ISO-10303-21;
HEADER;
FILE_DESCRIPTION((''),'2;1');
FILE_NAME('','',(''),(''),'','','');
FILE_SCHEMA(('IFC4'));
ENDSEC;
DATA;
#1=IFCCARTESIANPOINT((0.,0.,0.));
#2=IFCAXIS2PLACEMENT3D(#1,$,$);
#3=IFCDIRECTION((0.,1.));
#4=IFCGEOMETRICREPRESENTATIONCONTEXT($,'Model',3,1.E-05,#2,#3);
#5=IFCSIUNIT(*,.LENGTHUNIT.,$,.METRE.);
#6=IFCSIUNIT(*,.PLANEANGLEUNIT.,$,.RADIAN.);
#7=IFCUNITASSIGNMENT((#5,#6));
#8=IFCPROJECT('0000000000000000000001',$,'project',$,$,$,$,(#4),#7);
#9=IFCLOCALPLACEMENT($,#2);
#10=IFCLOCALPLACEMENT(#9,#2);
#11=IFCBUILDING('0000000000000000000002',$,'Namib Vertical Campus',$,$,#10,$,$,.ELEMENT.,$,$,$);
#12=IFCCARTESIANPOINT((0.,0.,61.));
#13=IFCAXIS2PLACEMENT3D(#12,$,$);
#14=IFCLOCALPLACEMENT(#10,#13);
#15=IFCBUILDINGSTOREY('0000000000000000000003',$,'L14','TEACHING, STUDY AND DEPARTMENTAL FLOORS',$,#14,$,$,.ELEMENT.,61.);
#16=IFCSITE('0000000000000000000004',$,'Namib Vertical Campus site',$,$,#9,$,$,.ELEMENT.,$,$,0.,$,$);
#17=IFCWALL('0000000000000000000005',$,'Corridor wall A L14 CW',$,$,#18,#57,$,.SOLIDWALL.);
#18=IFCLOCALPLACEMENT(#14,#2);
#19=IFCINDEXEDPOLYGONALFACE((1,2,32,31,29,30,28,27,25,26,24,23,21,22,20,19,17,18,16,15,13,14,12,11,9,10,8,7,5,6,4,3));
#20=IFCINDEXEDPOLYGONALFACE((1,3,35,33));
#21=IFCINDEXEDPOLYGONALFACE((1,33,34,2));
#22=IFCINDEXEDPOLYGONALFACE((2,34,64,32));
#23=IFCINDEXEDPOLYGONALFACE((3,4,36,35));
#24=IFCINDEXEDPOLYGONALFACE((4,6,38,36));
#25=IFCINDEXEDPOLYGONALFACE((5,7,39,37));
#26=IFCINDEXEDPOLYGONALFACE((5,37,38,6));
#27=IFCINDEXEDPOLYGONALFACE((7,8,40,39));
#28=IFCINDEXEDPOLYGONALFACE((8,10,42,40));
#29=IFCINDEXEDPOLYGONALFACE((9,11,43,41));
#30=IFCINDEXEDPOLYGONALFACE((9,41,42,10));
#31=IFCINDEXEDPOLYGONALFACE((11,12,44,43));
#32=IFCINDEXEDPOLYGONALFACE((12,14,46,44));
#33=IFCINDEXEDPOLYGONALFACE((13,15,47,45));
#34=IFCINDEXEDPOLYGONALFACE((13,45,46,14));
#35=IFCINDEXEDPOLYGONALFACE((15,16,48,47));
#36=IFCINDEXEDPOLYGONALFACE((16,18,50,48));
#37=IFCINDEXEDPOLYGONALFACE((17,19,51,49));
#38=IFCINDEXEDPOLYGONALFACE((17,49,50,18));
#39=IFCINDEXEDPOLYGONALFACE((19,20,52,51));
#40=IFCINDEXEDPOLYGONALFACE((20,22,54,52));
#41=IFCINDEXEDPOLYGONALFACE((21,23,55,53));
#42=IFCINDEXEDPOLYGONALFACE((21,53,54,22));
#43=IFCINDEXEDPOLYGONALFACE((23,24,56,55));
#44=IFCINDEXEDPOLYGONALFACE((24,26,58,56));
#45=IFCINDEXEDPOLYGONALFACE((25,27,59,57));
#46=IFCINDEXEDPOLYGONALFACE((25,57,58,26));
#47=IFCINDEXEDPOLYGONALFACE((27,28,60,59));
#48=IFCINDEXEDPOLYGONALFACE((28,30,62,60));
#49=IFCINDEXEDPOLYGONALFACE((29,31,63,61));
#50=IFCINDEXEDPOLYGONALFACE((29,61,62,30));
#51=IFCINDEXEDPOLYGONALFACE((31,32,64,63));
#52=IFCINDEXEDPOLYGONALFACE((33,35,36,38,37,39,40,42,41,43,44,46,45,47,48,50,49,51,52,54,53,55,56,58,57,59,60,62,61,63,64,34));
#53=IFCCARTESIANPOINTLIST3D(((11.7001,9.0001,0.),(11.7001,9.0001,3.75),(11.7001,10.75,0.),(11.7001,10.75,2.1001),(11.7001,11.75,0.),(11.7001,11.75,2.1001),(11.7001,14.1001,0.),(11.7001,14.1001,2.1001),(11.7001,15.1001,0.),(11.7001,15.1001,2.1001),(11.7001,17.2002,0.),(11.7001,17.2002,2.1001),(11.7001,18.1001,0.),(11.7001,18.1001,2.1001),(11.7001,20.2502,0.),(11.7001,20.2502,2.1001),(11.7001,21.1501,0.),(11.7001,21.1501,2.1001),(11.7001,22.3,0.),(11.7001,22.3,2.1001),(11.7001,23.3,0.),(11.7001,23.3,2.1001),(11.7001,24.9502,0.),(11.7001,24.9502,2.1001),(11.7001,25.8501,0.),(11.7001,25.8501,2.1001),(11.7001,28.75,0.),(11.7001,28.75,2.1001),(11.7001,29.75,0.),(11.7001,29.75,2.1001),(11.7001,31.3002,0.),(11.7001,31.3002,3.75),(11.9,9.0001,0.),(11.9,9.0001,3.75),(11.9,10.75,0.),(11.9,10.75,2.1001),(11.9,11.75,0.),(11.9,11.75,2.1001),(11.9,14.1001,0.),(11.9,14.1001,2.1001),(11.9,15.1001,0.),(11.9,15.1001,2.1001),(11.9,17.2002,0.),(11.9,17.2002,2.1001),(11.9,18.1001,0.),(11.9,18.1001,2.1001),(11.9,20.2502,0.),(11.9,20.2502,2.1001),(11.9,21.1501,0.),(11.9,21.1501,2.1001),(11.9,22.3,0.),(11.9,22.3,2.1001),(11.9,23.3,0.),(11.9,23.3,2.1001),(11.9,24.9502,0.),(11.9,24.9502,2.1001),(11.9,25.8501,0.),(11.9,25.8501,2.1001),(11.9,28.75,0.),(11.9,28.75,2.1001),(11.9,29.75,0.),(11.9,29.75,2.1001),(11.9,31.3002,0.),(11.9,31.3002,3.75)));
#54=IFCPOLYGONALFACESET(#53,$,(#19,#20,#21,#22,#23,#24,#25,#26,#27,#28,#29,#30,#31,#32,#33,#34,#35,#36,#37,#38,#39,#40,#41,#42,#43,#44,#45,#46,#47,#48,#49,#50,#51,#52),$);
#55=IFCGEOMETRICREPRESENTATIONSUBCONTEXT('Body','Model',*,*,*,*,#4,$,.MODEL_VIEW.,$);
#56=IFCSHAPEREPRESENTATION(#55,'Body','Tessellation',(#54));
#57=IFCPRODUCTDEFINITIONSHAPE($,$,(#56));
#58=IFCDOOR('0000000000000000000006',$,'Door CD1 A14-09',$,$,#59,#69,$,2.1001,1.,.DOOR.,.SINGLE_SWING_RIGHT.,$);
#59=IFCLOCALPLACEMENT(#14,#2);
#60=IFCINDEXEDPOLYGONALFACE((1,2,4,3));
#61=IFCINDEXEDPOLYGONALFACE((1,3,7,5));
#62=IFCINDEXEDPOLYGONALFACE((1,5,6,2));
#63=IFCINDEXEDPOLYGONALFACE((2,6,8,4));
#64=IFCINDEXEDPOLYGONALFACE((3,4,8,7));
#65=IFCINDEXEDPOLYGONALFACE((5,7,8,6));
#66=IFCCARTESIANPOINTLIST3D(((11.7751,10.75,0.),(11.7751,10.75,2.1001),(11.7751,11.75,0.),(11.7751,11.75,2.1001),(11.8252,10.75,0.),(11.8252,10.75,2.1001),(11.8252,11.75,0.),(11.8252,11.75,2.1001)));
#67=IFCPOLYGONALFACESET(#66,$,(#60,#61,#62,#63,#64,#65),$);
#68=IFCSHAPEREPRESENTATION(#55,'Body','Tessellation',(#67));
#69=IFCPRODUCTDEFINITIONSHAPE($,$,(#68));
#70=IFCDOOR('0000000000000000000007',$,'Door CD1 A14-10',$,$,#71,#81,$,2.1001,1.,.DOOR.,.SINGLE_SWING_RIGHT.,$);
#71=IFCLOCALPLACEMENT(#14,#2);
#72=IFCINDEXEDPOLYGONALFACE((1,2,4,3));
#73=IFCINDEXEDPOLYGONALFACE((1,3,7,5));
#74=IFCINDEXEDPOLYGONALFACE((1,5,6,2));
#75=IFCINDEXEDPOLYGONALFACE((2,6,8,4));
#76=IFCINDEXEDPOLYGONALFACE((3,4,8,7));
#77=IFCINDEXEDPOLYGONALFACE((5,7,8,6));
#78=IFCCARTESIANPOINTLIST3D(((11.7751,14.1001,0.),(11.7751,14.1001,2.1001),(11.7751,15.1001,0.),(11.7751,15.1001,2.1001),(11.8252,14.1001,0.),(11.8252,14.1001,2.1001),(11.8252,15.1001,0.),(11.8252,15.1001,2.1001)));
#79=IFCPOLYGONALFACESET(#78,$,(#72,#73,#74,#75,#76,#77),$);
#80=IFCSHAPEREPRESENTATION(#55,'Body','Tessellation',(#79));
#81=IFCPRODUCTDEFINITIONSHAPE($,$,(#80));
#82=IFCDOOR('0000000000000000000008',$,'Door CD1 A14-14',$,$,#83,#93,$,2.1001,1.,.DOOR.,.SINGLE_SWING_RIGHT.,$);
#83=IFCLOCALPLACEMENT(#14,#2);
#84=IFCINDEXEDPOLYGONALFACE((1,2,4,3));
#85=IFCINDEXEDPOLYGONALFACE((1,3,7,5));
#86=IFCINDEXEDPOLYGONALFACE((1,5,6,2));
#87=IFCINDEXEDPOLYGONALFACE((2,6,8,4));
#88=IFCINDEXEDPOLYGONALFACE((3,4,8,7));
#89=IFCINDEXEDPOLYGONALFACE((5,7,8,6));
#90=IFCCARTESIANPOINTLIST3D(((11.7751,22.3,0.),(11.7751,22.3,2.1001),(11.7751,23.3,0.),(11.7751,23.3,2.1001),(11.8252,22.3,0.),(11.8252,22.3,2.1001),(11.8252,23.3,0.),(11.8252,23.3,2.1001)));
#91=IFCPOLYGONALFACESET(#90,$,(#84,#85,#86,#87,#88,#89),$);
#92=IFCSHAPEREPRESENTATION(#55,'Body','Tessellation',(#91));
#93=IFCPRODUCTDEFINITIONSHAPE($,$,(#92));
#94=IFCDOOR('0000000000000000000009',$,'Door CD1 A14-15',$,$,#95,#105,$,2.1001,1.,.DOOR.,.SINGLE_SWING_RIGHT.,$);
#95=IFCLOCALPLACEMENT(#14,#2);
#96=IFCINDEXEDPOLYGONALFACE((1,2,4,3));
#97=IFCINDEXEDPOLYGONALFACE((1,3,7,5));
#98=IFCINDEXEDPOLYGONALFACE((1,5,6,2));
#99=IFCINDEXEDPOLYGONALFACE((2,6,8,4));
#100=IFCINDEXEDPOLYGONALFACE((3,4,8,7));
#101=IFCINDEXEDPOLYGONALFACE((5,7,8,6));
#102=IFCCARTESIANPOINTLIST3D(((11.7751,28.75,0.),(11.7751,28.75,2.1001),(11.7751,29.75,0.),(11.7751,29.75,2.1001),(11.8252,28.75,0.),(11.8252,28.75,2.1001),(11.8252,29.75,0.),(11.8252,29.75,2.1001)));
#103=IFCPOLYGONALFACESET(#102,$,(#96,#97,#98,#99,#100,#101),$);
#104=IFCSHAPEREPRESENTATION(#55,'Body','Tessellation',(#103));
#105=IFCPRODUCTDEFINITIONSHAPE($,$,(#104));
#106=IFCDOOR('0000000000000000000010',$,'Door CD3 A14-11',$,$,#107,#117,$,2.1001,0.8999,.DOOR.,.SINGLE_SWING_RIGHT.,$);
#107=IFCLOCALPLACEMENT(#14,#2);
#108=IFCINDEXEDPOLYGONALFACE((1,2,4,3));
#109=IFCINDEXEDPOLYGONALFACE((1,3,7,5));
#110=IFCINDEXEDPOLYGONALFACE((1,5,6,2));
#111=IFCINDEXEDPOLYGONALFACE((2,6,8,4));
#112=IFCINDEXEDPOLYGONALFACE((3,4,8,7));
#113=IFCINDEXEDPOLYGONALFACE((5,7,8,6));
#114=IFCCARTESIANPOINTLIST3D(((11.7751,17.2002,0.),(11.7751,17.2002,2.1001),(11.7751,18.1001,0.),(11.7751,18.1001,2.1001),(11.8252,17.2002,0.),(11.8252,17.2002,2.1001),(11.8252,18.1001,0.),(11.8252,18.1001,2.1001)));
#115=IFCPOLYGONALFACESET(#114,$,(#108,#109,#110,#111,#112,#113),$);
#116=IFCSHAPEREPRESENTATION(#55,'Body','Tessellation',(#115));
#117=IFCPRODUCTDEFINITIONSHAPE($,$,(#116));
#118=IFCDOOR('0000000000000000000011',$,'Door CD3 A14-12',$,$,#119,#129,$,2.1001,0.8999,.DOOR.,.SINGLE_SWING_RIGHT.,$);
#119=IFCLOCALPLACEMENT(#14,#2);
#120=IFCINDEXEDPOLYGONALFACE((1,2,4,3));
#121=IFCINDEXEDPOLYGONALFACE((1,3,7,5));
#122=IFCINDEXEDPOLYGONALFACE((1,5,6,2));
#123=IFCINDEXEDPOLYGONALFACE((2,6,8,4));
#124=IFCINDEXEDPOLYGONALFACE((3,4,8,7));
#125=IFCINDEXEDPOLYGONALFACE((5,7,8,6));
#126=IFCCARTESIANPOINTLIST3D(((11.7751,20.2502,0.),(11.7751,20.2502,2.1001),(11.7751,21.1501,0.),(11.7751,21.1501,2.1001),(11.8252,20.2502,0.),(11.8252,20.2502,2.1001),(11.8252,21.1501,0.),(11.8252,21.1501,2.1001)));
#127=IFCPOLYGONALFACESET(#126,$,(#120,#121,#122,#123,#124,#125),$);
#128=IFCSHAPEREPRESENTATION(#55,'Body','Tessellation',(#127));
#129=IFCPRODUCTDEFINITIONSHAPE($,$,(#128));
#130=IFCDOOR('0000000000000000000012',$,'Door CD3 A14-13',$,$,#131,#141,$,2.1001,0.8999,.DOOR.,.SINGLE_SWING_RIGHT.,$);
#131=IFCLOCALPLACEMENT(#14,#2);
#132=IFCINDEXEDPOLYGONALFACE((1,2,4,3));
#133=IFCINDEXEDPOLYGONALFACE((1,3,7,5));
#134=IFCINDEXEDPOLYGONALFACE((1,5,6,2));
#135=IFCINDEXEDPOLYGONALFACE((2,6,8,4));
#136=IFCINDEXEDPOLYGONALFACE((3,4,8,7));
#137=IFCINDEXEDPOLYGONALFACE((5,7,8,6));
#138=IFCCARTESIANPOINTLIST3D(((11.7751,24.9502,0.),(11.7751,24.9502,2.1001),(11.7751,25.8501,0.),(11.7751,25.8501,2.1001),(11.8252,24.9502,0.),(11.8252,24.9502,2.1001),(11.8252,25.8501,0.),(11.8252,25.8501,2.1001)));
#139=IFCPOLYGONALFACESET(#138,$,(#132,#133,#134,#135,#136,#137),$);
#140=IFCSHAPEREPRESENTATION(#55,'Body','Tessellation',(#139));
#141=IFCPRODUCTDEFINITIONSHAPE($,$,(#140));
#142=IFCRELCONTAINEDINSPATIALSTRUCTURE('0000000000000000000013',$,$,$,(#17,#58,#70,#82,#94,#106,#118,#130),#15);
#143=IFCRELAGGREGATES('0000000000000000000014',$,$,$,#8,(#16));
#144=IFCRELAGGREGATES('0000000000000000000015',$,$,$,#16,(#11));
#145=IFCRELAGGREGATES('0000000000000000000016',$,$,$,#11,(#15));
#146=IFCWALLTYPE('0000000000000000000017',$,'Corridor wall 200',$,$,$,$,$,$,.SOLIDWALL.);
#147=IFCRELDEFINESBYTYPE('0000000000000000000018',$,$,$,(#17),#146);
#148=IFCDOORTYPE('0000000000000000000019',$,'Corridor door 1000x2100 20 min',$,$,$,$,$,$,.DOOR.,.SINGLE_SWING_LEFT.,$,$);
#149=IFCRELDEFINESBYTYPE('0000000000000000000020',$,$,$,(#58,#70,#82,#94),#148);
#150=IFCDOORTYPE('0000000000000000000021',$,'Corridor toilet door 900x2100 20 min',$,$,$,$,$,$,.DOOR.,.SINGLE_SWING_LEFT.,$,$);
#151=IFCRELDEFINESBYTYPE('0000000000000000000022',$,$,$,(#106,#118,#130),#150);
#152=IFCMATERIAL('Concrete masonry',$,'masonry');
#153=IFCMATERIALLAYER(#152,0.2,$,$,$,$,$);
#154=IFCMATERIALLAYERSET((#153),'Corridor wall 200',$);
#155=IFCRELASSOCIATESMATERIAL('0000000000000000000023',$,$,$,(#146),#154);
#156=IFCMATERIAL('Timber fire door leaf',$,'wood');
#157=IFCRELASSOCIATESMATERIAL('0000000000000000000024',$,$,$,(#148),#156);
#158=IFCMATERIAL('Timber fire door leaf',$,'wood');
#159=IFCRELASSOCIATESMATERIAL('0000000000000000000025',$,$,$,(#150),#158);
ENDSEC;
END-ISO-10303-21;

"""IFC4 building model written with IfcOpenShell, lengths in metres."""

from ifc_helpers import new_model, si_unit, direction, frame, frame_2d, origin, place, context, subcontext, project, spatial, rectangle, extrude, material, layer, layer_set, type_object, element, fill, save


model = new_model("IFC4")

# Units and contexts
model_context = context("Model", 3, precision=1e-05, world=origin(), true_north=direction((0.0, 1.0)))
body_context = subcontext(model_context, "Body", "Model", "MODEL_VIEW")
ifc_project = project(units=[si_unit("LENGTHUNIT", "METRE"), si_unit("PLANEANGLEUNIT", "RADIAN")], contexts=[model_context])

# Site, building, storey
site_placement = place(None, origin())
site = spatial("IfcSite", under=ifc_project, at=site_placement, Name="Namib Vertical Campus site", CompositionType="ELEMENT", RefElevation=0.0)
building_placement = place(site_placement, origin())
building = spatial("IfcBuilding", under=site, at=building_placement, Name="Namib Vertical Campus", CompositionType="ELEMENT")
storey_placement = place(building_placement, frame((0.0, 0.0, 61.0)))
storey = spatial("IfcBuildingStorey", under=building, at=storey_placement, Name="L14", Description="TEACHING, STUDY AND DEPARTMENTAL FLOORS", CompositionType="ELEMENT", Elevation=61.0)

# Wall, openings, doors
ifc_material_1 = material(Name="Concrete masonry", Category="masonry")
ifc_layer_1 = layer(ifc_material_1, 0.2)
ifc_layer_set_1 = layer_set([ifc_layer_1], Name="Corridor wall 200")
wall_type_1 = type_object("IfcWallType", Name="Corridor wall 200", PredefinedType="SOLIDWALL", material=ifc_layer_set_1)
wall_1_placement = place(storey_placement, frame((11.8, 31.3, 0.0), z_axis=(0.0, 0.0, 1.0), x_axis=(0.0, -1.0, 0.0)))
wall_1 = element("IfcWall", 1, at=wall_1_placement, inside=storey, type_object=wall_type_1, Name="Corridor wall A L14 CW", PredefinedType="SOLIDWALL", context=body_context, shape_type="SweptSolid", body=[
    extrude(rectangle(XDim=22.3, YDim=0.2, at=frame_2d((11.1499, 0.0))), origin(), (0.0, 0.0, 1.0), 3.75),
])
opening_1_placement = place(wall_1_placement, frame((19.55, 0.0, 0.0)))
opening_1 = element("IfcOpeningElement", 2, at=opening_1_placement, cuts=wall_1, PredefinedType="OPENING", context=body_context, shape_type="SweptSolid", body=[
    extrude(rectangle(XDim=1.0, YDim=2.1001, at=frame_2d((0.5, 1.05))), frame((0.0, 0.1099, 0.0), z_axis=(0.0, -1.0, 0.0), x_axis=(1.0, 0.0, 0.0)), (0.0, 0.0, 1.0), 0.22),
])
opening_2_placement = place(wall_1_placement, frame((16.2, 0.0, 0.0)))
opening_2 = element("IfcOpeningElement", 3, at=opening_2_placement, cuts=wall_1, PredefinedType="OPENING", context=body_context, shape_type="SweptSolid", body=[
    extrude(rectangle(XDim=1.0, YDim=2.1001, at=frame_2d((0.5, 1.05))), frame((0.0, 0.1099, 0.0), z_axis=(0.0, -1.0, 0.0), x_axis=(1.0, 0.0, 0.0)), (0.0, 0.0, 1.0), 0.22),
])
opening_3_placement = place(wall_1_placement, frame((13.2, 0.0, 0.0)))
opening_3 = element("IfcOpeningElement", 4, at=opening_3_placement, cuts=wall_1, PredefinedType="OPENING", context=body_context, shape_type="SweptSolid", body=[
    extrude(rectangle(XDim=0.8999, YDim=2.1001, at=frame_2d((0.45, 1.05))), frame((0.0, 0.1099, 0.0), z_axis=(0.0, -1.0, 0.0), x_axis=(1.0, 0.0, 0.0)), (0.0, 0.0, 1.0), 0.22),
])
opening_4_placement = place(wall_1_placement, frame((10.1499, 0.0, 0.0)))
opening_4 = element("IfcOpeningElement", 5, at=opening_4_placement, cuts=wall_1, PredefinedType="OPENING", context=body_context, shape_type="SweptSolid", body=[
    extrude(rectangle(XDim=0.8999, YDim=2.1001, at=frame_2d((0.45, 1.05))), frame((0.0, 0.1099, 0.0), z_axis=(0.0, -1.0, 0.0), x_axis=(1.0, 0.0, 0.0)), (0.0, 0.0, 1.0), 0.22),
])
opening_5_placement = place(wall_1_placement, frame((5.45, 0.0, 0.0)))
opening_5 = element("IfcOpeningElement", 6, at=opening_5_placement, cuts=wall_1, PredefinedType="OPENING", context=body_context, shape_type="SweptSolid", body=[
    extrude(rectangle(XDim=0.8999, YDim=2.1001, at=frame_2d((0.45, 1.05))), frame((0.0, 0.1099, 0.0), z_axis=(0.0, -1.0, 0.0), x_axis=(1.0, 0.0, 0.0)), (0.0, 0.0, 1.0), 0.22),
])
opening_6_placement = place(wall_1_placement, frame((8.0, 0.0, 0.0)))
opening_6 = element("IfcOpeningElement", 7, at=opening_6_placement, cuts=wall_1, PredefinedType="OPENING", context=body_context, shape_type="SweptSolid", body=[
    extrude(rectangle(XDim=1.0, YDim=2.1001, at=frame_2d((0.5, 1.05))), frame((0.0, 0.1099, 0.0), z_axis=(0.0, -1.0, 0.0), x_axis=(1.0, 0.0, 0.0)), (0.0, 0.0, 1.0), 0.22),
])
opening_7_placement = place(wall_1_placement, frame((1.55, 0.0, 0.0)))
opening_7 = element("IfcOpeningElement", 8, at=opening_7_placement, cuts=wall_1, PredefinedType="OPENING", context=body_context, shape_type="SweptSolid", body=[
    extrude(rectangle(XDim=1.0, YDim=2.1001, at=frame_2d((0.5, 1.05))), frame((0.0, 0.1099, 0.0), z_axis=(0.0, -1.0, 0.0), x_axis=(1.0, 0.0, 0.0)), (0.0, 0.0, 1.0), 0.22),
])
ifc_material_2 = material(Name="Timber fire door leaf", Category="wood")
door_type_1 = type_object("IfcDoorType", Name="Corridor door 1000x2100 20 min", OperationType="SINGLE_SWING_LEFT", PredefinedType="DOOR", material=ifc_material_2)
door_1_placement = place(opening_1_placement, frame((1.0, 0.0, 0.0), z_axis=(0.0, 0.0, 1.0), x_axis=(-1.0, 0.0, 0.0)))
door_1 = element("IfcDoor", 9, at=door_1_placement, inside=storey, type_object=door_type_1, Name="Door CD1 A14-09", OperationType="SINGLE_SWING_RIGHT", OverallHeight=2.1001, OverallWidth=1.0, PredefinedType="DOOR", context=body_context, shape_type="SweptSolid", body=[
    extrude(rectangle(XDim=1.0, YDim=2.1001, at=frame_2d((0.5, 1.05))), frame((0.0, 0.0249, 0.0), z_axis=(0.0, -1.0, 0.0), x_axis=(1.0, 0.0, 0.0)), (0.0, 0.0, 1.0), 0.05),
])
fill(opening_1, door_1)
door_2_placement = place(opening_2_placement, frame((1.0, 0.0, 0.0), z_axis=(0.0, 0.0, 1.0), x_axis=(-1.0, 0.0, 0.0)))
door_2 = element("IfcDoor", 10, at=door_2_placement, inside=storey, type_object=door_type_1, Name="Door CD1 A14-10", OperationType="SINGLE_SWING_RIGHT", OverallHeight=2.1001, OverallWidth=1.0, PredefinedType="DOOR", context=body_context, shape_type="SweptSolid", body=[
    extrude(rectangle(XDim=1.0, YDim=2.1001, at=frame_2d((0.5, 1.05))), frame((0.0, 0.0249, 0.0), z_axis=(0.0, -1.0, 0.0), x_axis=(1.0, 0.0, 0.0)), (0.0, 0.0, 1.0), 0.05),
])
fill(opening_2, door_2)
door_3_placement = place(opening_6_placement, frame((1.0, 0.0, 0.0), z_axis=(0.0, 0.0, 1.0), x_axis=(-1.0, 0.0, 0.0)))
door_3 = element("IfcDoor", 11, at=door_3_placement, inside=storey, type_object=door_type_1, Name="Door CD1 A14-14", OperationType="SINGLE_SWING_RIGHT", OverallHeight=2.1001, OverallWidth=1.0, PredefinedType="DOOR", context=body_context, shape_type="SweptSolid", body=[
    extrude(rectangle(XDim=1.0, YDim=2.1001, at=frame_2d((0.5, 1.05))), frame((0.0, 0.0249, 0.0), z_axis=(0.0, -1.0, 0.0), x_axis=(1.0, 0.0, 0.0)), (0.0, 0.0, 1.0), 0.05),
])
fill(opening_6, door_3)
door_4_placement = place(opening_7_placement, frame((1.0, 0.0, 0.0), z_axis=(0.0, 0.0, 1.0), x_axis=(-1.0, 0.0, 0.0)))
door_4 = element("IfcDoor", 12, at=door_4_placement, inside=storey, type_object=door_type_1, Name="Door CD1 A14-15", OperationType="SINGLE_SWING_RIGHT", OverallHeight=2.1001, OverallWidth=1.0, PredefinedType="DOOR", context=body_context, shape_type="SweptSolid", body=[
    extrude(rectangle(XDim=1.0, YDim=2.1001, at=frame_2d((0.5, 1.05))), frame((0.0, 0.0249, 0.0), z_axis=(0.0, -1.0, 0.0), x_axis=(1.0, 0.0, 0.0)), (0.0, 0.0, 1.0), 0.05),
])
fill(opening_7, door_4)
ifc_material_3 = material(Name="Timber fire door leaf", Category="wood")
door_type_2 = type_object("IfcDoorType", Name="Corridor toilet door 900x2100 20 min", OperationType="SINGLE_SWING_LEFT", PredefinedType="DOOR", material=ifc_material_3)
door_5_placement = place(opening_3_placement, frame((0.8999, 0.0, 0.0), z_axis=(0.0, 0.0, 1.0), x_axis=(-1.0, 0.0, 0.0)))
door_5 = element("IfcDoor", 13, at=door_5_placement, inside=storey, type_object=door_type_2, Name="Door CD3 A14-11", OperationType="SINGLE_SWING_RIGHT", OverallHeight=2.1001, OverallWidth=0.8999, PredefinedType="DOOR", context=body_context, shape_type="SweptSolid", body=[
    extrude(rectangle(XDim=0.8999, YDim=2.1001, at=frame_2d((0.45, 1.05))), frame((0.0, 0.0249, 0.0), z_axis=(0.0, -1.0, 0.0), x_axis=(1.0, 0.0, 0.0)), (0.0, 0.0, 1.0), 0.05),
])
fill(opening_3, door_5)
door_6_placement = place(opening_4_placement, frame((0.8999, 0.0, 0.0), z_axis=(0.0, 0.0, 1.0), x_axis=(-1.0, 0.0, 0.0)))
door_6 = element("IfcDoor", 14, at=door_6_placement, inside=storey, type_object=door_type_2, Name="Door CD3 A14-12", OperationType="SINGLE_SWING_RIGHT", OverallHeight=2.1001, OverallWidth=0.8999, PredefinedType="DOOR", context=body_context, shape_type="SweptSolid", body=[
    extrude(rectangle(XDim=0.8999, YDim=2.1001, at=frame_2d((0.45, 1.05))), frame((0.0, 0.0249, 0.0), z_axis=(0.0, -1.0, 0.0), x_axis=(1.0, 0.0, 0.0)), (0.0, 0.0, 1.0), 0.05),
])
fill(opening_4, door_6)
door_7_placement = place(opening_5_placement, frame((0.8999, 0.0, 0.0), z_axis=(0.0, 0.0, 1.0), x_axis=(-1.0, 0.0, 0.0)))
door_7 = element("IfcDoor", 15, at=door_7_placement, inside=storey, type_object=door_type_2, Name="Door CD3 A14-13", OperationType="SINGLE_SWING_RIGHT", OverallHeight=2.1001, OverallWidth=0.8999, PredefinedType="DOOR", context=body_context, shape_type="SweptSolid", body=[
    extrude(rectangle(XDim=0.8999, YDim=2.1001, at=frame_2d((0.45, 1.05))), frame((0.0, 0.0249, 0.0), z_axis=(0.0, -1.0, 0.0), x_axis=(1.0, 0.0, 0.0)), (0.0, 0.0, 1.0), 0.05),
])
fill(opening_5, door_7)

save(model, "model.ifc")
